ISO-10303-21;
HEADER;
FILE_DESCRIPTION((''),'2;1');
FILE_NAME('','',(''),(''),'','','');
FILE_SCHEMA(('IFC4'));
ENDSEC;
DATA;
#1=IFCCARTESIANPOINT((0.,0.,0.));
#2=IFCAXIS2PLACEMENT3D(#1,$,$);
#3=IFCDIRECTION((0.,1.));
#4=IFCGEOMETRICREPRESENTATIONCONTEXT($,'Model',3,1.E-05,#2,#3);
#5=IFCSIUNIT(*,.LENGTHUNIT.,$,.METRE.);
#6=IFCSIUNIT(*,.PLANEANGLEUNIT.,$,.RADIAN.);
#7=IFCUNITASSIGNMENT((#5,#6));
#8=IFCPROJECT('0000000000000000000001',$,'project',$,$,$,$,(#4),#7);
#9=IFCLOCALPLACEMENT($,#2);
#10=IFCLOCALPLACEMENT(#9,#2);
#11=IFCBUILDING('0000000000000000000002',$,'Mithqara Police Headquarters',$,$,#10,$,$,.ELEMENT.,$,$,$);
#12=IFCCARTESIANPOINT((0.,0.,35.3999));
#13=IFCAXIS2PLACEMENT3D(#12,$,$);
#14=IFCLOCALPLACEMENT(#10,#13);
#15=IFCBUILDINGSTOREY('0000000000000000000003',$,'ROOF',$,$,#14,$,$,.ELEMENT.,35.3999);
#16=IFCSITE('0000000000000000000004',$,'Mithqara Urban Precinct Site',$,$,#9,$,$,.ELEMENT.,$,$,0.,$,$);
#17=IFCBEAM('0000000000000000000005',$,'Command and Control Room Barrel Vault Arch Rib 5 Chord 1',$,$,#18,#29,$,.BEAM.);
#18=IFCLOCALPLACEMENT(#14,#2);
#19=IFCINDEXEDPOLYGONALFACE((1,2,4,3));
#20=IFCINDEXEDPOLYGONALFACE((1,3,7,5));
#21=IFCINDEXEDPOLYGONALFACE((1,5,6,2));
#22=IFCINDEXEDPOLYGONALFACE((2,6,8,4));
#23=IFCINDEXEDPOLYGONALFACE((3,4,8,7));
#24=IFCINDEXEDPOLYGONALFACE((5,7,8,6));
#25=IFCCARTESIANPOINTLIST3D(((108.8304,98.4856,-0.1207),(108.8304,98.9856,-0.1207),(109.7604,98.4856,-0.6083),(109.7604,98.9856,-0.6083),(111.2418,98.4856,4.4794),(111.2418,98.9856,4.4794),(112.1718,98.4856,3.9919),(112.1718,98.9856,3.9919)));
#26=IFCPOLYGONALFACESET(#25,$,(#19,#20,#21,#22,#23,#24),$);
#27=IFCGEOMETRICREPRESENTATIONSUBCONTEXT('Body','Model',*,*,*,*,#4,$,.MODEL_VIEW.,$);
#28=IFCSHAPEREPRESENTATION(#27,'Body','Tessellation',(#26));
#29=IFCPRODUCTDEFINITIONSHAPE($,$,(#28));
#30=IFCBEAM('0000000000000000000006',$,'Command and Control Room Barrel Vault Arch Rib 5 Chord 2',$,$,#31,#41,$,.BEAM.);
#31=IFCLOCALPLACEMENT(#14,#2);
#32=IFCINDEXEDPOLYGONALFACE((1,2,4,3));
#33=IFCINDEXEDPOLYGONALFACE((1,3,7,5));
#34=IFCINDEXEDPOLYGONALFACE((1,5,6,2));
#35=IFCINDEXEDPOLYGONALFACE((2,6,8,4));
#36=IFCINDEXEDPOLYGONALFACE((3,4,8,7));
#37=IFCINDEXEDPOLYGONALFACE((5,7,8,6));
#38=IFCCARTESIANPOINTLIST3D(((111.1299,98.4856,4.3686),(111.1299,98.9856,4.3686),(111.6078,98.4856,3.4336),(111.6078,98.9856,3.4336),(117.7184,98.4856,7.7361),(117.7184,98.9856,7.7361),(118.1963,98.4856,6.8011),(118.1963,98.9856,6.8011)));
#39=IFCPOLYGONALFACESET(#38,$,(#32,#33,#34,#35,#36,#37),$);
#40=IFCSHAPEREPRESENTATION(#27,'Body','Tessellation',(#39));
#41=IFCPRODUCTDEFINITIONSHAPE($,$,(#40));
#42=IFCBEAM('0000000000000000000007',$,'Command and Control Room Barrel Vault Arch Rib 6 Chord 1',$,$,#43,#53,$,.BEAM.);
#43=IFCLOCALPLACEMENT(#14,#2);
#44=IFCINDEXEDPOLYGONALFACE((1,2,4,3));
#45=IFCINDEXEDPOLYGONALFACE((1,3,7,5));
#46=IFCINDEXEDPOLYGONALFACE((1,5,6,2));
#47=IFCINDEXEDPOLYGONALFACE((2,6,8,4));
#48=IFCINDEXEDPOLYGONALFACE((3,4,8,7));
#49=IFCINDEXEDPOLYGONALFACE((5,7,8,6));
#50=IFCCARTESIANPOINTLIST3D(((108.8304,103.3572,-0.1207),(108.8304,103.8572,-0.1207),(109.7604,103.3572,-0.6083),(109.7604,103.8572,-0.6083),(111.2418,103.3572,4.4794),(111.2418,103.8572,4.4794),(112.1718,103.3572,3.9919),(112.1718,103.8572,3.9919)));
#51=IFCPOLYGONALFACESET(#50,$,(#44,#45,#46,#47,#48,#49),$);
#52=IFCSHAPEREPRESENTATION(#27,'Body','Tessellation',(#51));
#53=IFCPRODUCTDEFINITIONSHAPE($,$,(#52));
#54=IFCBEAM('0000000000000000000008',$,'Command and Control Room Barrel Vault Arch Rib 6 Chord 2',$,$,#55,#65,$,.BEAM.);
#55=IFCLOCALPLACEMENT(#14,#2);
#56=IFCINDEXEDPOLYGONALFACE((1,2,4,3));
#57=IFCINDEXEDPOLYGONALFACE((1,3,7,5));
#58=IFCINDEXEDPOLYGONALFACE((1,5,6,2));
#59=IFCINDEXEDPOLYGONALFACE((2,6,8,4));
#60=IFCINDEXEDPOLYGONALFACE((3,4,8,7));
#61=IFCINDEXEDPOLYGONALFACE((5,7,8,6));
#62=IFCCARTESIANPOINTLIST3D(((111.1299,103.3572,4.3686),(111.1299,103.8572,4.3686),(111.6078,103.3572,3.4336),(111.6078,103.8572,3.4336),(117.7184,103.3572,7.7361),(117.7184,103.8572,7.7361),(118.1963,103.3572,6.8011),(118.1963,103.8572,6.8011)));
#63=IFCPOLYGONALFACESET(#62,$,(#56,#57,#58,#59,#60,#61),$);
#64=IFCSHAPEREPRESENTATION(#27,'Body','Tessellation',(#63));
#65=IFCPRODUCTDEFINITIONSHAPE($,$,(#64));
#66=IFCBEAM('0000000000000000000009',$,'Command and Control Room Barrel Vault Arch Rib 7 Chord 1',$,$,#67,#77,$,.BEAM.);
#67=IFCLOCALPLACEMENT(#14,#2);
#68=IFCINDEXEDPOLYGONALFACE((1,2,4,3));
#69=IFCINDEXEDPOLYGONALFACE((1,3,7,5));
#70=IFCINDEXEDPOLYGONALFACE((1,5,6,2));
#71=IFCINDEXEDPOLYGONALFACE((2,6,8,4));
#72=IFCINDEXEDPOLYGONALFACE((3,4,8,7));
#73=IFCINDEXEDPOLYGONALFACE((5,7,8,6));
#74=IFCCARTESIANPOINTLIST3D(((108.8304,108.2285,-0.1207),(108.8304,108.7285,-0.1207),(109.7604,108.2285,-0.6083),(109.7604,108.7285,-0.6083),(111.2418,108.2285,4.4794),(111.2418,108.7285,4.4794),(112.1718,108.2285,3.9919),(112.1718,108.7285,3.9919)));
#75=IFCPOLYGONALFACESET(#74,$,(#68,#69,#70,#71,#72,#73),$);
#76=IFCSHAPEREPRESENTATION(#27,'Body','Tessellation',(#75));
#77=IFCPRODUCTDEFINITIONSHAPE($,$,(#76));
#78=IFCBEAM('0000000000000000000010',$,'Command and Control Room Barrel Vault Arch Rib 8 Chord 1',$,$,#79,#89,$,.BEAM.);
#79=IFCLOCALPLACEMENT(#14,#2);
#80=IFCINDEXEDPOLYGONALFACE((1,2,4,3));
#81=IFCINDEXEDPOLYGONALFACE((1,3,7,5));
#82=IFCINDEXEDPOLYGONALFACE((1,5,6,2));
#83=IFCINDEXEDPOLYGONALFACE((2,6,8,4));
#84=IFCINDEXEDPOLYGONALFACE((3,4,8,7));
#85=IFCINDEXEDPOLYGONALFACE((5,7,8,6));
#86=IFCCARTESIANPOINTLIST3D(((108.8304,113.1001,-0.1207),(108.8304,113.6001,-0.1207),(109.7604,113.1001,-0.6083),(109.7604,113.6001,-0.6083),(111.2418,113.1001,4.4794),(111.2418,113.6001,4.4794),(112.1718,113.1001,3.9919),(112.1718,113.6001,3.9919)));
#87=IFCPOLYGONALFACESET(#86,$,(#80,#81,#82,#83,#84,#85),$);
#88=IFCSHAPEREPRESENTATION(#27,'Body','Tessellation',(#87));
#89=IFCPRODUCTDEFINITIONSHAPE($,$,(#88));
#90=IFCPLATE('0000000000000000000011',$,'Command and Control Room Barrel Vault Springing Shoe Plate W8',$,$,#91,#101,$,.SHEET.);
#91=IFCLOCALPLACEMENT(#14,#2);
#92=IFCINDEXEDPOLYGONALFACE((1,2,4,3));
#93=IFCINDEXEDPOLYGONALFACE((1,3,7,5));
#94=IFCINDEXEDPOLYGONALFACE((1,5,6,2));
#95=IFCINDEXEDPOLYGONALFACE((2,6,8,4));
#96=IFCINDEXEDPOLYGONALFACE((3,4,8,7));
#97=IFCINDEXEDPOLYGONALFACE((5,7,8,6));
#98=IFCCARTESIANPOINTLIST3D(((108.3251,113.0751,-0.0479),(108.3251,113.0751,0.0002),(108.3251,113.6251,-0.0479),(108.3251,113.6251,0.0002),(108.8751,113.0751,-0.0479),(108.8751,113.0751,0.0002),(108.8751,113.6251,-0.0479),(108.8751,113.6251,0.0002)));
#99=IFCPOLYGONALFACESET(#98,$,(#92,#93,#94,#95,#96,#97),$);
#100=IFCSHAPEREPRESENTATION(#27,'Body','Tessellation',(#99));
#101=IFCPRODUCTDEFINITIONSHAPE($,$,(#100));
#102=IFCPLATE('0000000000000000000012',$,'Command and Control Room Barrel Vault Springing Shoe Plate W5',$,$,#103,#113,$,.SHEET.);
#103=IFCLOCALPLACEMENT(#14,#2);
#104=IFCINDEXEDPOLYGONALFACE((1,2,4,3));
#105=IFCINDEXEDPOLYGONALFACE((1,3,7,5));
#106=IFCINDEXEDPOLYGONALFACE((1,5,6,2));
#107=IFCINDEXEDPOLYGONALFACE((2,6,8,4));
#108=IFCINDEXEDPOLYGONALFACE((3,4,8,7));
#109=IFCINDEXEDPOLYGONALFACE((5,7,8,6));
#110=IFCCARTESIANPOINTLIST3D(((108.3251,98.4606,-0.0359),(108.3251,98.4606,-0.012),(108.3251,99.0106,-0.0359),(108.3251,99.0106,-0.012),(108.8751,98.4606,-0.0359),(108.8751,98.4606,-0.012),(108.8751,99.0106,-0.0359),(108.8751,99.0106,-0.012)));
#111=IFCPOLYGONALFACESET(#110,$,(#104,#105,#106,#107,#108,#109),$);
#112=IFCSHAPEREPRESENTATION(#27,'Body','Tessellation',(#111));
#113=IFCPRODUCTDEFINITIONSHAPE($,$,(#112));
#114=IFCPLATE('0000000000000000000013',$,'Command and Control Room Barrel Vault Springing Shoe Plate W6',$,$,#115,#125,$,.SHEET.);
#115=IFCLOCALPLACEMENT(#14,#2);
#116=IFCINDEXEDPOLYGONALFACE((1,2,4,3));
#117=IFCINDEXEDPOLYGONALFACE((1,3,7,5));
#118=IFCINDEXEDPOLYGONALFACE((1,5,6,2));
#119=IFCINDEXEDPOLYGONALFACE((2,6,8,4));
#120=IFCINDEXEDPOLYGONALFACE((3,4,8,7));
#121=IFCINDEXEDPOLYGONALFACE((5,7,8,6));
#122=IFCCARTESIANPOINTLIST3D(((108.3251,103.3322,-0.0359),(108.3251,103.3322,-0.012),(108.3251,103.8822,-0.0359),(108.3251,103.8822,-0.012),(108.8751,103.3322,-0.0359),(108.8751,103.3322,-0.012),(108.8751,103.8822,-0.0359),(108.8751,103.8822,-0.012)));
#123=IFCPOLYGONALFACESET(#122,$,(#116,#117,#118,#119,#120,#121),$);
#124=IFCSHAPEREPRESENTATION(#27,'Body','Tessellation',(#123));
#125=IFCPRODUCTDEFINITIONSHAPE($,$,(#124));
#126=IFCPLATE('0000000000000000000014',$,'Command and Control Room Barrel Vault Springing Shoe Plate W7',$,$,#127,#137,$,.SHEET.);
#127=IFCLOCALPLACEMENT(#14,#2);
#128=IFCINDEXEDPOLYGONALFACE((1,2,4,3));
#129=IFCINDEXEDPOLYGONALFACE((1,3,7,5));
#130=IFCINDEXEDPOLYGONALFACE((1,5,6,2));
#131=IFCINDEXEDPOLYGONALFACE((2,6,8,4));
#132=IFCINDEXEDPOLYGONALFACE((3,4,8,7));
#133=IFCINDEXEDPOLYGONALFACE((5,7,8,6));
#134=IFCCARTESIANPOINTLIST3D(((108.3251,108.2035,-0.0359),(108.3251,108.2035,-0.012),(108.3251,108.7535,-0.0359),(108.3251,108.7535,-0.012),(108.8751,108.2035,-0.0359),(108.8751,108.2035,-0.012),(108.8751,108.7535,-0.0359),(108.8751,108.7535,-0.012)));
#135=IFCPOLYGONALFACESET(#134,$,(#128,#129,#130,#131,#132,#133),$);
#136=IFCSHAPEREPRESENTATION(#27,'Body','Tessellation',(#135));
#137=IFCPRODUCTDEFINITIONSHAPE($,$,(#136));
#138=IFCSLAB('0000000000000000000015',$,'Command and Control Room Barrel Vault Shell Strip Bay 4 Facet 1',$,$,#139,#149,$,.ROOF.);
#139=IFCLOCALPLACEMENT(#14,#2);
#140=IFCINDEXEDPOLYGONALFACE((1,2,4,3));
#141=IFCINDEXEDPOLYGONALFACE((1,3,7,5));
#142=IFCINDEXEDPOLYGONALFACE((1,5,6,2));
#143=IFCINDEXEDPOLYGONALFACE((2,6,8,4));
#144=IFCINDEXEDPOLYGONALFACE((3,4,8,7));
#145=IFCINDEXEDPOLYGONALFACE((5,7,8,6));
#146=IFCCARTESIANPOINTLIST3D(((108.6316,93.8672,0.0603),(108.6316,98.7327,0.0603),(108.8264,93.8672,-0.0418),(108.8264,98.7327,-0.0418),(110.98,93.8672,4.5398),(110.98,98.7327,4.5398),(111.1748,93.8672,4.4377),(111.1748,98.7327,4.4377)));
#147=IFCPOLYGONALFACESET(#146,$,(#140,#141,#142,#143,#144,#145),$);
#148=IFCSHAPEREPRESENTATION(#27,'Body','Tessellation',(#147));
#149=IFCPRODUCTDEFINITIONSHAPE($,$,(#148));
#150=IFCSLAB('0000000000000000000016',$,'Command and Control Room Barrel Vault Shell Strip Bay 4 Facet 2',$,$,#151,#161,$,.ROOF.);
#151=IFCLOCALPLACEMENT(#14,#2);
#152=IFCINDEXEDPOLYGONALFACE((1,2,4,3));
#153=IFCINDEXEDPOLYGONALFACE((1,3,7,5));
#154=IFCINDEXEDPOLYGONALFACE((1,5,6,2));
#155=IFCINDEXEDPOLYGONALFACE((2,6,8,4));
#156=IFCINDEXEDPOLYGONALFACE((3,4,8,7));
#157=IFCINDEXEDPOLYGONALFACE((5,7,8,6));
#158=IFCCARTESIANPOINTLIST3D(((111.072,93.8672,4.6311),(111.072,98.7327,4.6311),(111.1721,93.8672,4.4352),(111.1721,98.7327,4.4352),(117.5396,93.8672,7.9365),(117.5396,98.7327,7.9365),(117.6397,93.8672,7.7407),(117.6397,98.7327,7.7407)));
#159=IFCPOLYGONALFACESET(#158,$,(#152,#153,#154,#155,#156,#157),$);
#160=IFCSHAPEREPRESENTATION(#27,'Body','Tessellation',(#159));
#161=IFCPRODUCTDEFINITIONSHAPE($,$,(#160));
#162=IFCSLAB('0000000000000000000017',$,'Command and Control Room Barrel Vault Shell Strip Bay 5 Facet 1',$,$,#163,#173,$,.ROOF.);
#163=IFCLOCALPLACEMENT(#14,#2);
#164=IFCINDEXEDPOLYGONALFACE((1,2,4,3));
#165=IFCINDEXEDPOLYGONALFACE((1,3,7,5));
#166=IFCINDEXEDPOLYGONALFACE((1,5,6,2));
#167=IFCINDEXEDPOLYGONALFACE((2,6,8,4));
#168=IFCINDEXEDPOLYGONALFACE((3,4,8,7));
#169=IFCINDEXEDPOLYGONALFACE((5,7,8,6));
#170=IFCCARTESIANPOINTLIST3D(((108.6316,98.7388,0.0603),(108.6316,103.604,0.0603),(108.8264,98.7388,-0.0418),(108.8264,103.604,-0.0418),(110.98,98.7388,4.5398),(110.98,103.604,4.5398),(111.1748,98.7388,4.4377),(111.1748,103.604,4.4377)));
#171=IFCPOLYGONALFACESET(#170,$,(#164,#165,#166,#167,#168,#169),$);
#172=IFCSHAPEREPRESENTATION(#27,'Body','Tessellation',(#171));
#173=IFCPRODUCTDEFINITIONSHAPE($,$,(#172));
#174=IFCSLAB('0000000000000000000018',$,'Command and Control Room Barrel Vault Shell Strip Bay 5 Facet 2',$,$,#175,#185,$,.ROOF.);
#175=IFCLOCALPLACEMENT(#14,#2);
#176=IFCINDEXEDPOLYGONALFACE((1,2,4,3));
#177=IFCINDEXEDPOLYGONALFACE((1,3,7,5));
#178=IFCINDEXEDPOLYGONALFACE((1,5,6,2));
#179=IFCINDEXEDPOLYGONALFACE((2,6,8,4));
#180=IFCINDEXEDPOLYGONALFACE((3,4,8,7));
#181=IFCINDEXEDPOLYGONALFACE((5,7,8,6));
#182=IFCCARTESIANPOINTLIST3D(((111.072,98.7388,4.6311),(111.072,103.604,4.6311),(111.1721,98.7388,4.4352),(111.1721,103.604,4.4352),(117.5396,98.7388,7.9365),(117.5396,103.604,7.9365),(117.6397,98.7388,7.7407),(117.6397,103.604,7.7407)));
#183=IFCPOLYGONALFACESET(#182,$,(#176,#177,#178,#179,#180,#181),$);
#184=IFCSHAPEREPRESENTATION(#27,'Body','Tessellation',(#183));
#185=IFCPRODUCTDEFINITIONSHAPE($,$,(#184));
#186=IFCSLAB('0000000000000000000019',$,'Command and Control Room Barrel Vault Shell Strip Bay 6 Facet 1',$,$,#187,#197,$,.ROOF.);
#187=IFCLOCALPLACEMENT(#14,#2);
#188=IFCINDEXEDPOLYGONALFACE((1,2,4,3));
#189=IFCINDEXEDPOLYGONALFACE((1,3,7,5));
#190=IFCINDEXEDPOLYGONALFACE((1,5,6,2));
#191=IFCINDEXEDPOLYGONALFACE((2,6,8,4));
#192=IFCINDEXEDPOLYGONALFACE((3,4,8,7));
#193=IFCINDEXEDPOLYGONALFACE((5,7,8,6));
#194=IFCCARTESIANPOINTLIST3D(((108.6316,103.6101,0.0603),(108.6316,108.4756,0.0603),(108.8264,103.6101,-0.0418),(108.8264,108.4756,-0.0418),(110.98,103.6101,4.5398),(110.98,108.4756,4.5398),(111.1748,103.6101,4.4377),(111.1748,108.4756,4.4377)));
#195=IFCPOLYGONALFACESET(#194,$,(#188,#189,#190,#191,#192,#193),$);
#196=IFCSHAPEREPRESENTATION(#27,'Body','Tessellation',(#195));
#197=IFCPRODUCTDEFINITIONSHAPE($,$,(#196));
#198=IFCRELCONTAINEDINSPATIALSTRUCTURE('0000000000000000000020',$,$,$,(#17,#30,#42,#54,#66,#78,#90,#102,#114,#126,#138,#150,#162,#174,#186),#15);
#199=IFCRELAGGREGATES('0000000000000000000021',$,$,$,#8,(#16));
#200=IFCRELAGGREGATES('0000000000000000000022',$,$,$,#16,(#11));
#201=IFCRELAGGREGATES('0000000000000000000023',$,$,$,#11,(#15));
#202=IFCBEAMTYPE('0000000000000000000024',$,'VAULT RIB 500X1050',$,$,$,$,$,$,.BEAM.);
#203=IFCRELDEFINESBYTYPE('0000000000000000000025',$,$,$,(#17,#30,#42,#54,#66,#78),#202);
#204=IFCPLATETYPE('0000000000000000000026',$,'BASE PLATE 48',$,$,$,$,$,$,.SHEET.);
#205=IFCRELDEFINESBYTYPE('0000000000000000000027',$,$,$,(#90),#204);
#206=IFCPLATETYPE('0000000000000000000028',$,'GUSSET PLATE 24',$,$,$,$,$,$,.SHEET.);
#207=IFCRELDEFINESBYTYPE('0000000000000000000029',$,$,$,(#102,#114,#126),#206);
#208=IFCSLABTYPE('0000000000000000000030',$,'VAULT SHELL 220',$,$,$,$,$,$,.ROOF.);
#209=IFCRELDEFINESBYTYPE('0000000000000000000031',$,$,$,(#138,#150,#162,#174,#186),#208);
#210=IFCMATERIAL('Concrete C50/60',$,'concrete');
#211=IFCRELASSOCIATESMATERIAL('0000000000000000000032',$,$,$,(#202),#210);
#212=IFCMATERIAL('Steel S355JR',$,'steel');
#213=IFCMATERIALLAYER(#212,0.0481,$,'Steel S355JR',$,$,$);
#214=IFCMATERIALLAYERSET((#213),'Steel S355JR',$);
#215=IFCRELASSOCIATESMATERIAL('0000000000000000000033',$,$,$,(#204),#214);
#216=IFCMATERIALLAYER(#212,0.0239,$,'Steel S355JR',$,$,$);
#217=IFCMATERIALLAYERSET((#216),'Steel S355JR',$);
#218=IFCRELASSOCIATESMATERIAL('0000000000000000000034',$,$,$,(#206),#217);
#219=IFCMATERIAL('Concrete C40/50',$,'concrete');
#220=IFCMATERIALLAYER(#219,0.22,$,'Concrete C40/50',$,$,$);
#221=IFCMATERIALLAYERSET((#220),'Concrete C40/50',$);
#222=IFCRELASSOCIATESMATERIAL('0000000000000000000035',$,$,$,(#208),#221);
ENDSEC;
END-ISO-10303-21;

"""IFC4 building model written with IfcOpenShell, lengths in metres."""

from ifc_helpers import new_model, si_unit, direction, frame, origin, origin_2d, place, context, subcontext, project, spatial, polyline, rectangle, outline, extrude, material, layer, layer_set, material_profile, profile_set, type_object, element, save


model = new_model("IFC4")

# Units and contexts
model_context = context("Model", 3, precision=1e-05, world=origin(), true_north=direction((0.0, 1.0)))
body_context = subcontext(model_context, "Body", "Model", "MODEL_VIEW")
ifc_project = project(units=[si_unit("LENGTHUNIT", "METRE"), si_unit("PLANEANGLEUNIT", "RADIAN")], contexts=[model_context])

# Site, building, storey
site_placement = place(None, origin())
site = spatial("IfcSite", under=ifc_project, at=site_placement, Name="Mithqara Urban Precinct Site", CompositionType="ELEMENT", RefElevation=0.0)
building_placement = place(site_placement, origin())
building = spatial("IfcBuilding", under=site, at=building_placement, Name="Mithqara Police Headquarters", CompositionType="ELEMENT")
storey_placement = place(building_placement, frame((0.0, 0.0, 35.3999)))
storey = spatial("IfcBuildingStorey", under=building, at=storey_placement, Name="ROOF", CompositionType="ELEMENT", Elevation=35.3999)

# Beams
ifc_material_1 = material(Name="Concrete C50/60", Category="concrete")
ifc_material_profile = material_profile(ifc_material_1, rectangle(XDim=0.5, YDim=1.05, at=origin_2d()), Name="RIB 500x1050")
ifc_profile_set = profile_set([ifc_material_profile], Name="Concrete C50/60")
beam_type = type_object("IfcBeamType", Name="VAULT RIB 500X1050", PredefinedType="BEAM", material=ifc_profile_set)
beam_1_placement = place(storey_placement, frame((109.2954, 98.7356, -0.3645), z_axis=(0.464279, 0.0, 0.885689), x_axis=(0.0, 1.0, 0.0)))
element("IfcBeam", 1, at=beam_1_placement, inside=storey, type_object=beam_type, Name="Command and Control Room Barrel Vault Arch Rib 5 Chord 1", PredefinedType="BEAM", context=body_context, shape_type="SweptSolid", body=[
    extrude(rectangle(XDim=0.5, YDim=1.05, at=origin_2d()), origin(), (0.0, 0.0, 1.0), 5.1938),
])
beam_2_placement = place(storey_placement, frame((111.3689, 98.7356, 3.9011), z_axis=(0.890433, 0.0, 0.455115), x_axis=(0.0, 1.0, 0.0)))
element("IfcBeam", 2, at=beam_2_placement, inside=storey, type_object=beam_type, Name="Command and Control Room Barrel Vault Arch Rib 5 Chord 2", PredefinedType="BEAM", context=body_context, shape_type="SweptSolid", body=[
    extrude(rectangle(XDim=0.5, YDim=1.05, at=origin_2d()), origin(), (0.0, 0.0, 1.0), 7.3992),
])
beam_3_placement = place(storey_placement, frame((109.2954, 103.6072, -0.3645), z_axis=(0.464279, 0.0, 0.885689), x_axis=(0.0, 1.0, 0.0)))
element("IfcBeam", 3, at=beam_3_placement, inside=storey, type_object=beam_type, Name="Command and Control Room Barrel Vault Arch Rib 6 Chord 1", PredefinedType="BEAM", context=body_context, shape_type="SweptSolid", body=[
    extrude(rectangle(XDim=0.5, YDim=1.05, at=origin_2d()), origin(), (0.0, 0.0, 1.0), 5.1938),
])
beam_4_placement = place(storey_placement, frame((111.3689, 103.6072, 3.9011), z_axis=(0.890433, 0.0, 0.455115), x_axis=(0.0, 1.0, 0.0)))
element("IfcBeam", 4, at=beam_4_placement, inside=storey, type_object=beam_type, Name="Command and Control Room Barrel Vault Arch Rib 6 Chord 2", PredefinedType="BEAM", context=body_context, shape_type="SweptSolid", body=[
    extrude(rectangle(XDim=0.5, YDim=1.05, at=origin_2d()), origin(), (0.0, 0.0, 1.0), 7.3992),
])
for number, where, z_axis, x_axis, name in (
    (5, (109.2954, 108.4785, -0.3645), (0.464279, 0.0, 0.885689), (0.0, 1.0, 0.0), "Command and Control Room Barrel Vault Arch Rib 7 Chord 1"),
    (6, (109.2954, 113.3501, -0.3645), (0.464279, 0.0, 0.885689), (0.0, 1.0, 0.0), "Command and Control Room Barrel Vault Arch Rib 8 Chord 1"),
):
    element("IfcBeam", number, at=place(storey_placement, frame(where, z_axis=z_axis, x_axis=x_axis)), inside=storey, type_object=beam_type, Name=name, PredefinedType="BEAM", context=body_context, shape_type="SweptSolid", body=[
        extrude(rectangle(XDim=0.5, YDim=1.05, at=origin_2d()), origin(), (0.0, 0.0, 1.0), 5.1938),
    ])

# Plates
ifc_material_2 = material(Name="Steel S355JR", Category="steel")
ifc_layer_1 = layer(ifc_material_2, 0.0481, Name="Steel S355JR")
ifc_layer_set_1 = layer_set([ifc_layer_1], Name="Steel S355JR")
plate_type_1 = type_object("IfcPlateType", Name="BASE PLATE 48", PredefinedType="SHEET", material=ifc_layer_set_1)
plate_placement = place(storey_placement, frame((108.6001, 113.3501, -0.0479), z_axis=(0.0, 0.0, 1.0), x_axis=(1.0, 0.0, 0.0)))
element("IfcPlate", 7, at=plate_placement, inside=storey, type_object=plate_type_1, Name="Command and Control Room Barrel Vault Springing Shoe Plate W8", PredefinedType="SHEET", context=body_context, shape_type="SweptSolid", body=[
    extrude(rectangle(XDim=0.55, YDim=0.55, at=origin_2d()), origin(), (0.0, 0.0, 1.0), 0.0481),
])
ifc_layer_2 = layer(ifc_material_2, 0.0239, Name="Steel S355JR")
ifc_layer_set_2 = layer_set([ifc_layer_2], Name="Steel S355JR")
plate_type_2 = type_object("IfcPlateType", Name="GUSSET PLATE 24", PredefinedType="SHEET", material=ifc_layer_set_2)
for number, where, z_axis, x_axis, name in (
    (8, (108.6001, 98.7356, -0.0359), (0.0, 0.0, 1.0), (1.0, 0.0, 0.0), "Command and Control Room Barrel Vault Springing Shoe Plate W5"),
    (9, (108.6001, 103.6072, -0.0359), (0.0, 0.0, 1.0), (1.0, 0.0, 0.0), "Command and Control Room Barrel Vault Springing Shoe Plate W6"),
    (10, (108.6001, 108.4785, -0.0359), (0.0, 0.0, 1.0), (1.0, 0.0, 0.0), "Command and Control Room Barrel Vault Springing Shoe Plate W7"),
):
    element("IfcPlate", number, at=place(storey_placement, frame(where, z_axis=z_axis, x_axis=x_axis)), inside=storey, type_object=plate_type_2, Name=name, PredefinedType="SHEET", context=body_context, shape_type="SweptSolid", body=[
        extrude(rectangle(XDim=0.55, YDim=0.55, at=origin_2d()), origin(), (0.0, 0.0, 1.0), 0.0239),
    ])

# Slabs
ifc_material_3 = material(Name="Concrete C40/50", Category="concrete")
ifc_layer_3 = layer(ifc_material_3, 0.22, Name="Concrete C40/50")
ifc_layer_set_3 = layer_set([ifc_layer_3], Name="Concrete C40/50")
slab_type = type_object("IfcSlabType", Name="VAULT SHELL 220", PredefinedType="ROOF", material=ifc_layer_set_3)
slab_1_placement = place(storey_placement, frame((108.6316, 93.8672, 0.0603), z_axis=(-0.88567, 0.0, 0.464315), x_axis=(0.464315, 0.0, 0.88567)))
element("IfcSlab", 11, at=slab_1_placement, inside=storey, type_object=slab_type, Name="Command and Control Room Barrel Vault Shell Strip Bay 4 Facet 1", PredefinedType="ROOF", context=body_context, shape_type="SweptSolid", body=[
    extrude(outline(polyline([(0.0, 0.0), (5.0577, 0.0), (5.0577, 4.8655), (0.0, 4.8655), (0.0, 0.0)])), origin(), (0.0, 0.0, -1.0), 0.22),
])
slab_2_placement = place(storey_placement, frame((111.072, 93.8672, 4.6311), z_axis=(-0.455089, 0.0, 0.890446), x_axis=(0.890446, 0.0, 0.455089)))
element("IfcSlab", 12, at=slab_2_placement, inside=storey, type_object=slab_type, Name="Command and Control Room Barrel Vault Shell Strip Bay 4 Facet 2", PredefinedType="ROOF", context=body_context, shape_type="SweptSolid", body=[
    extrude(outline(polyline([(0.0, 0.0), (7.2632, 0.0), (7.2632, 4.8655), (0.0, 4.8655), (0.0, 0.0)])), origin(), (0.0, 0.0, -1.0), 0.22),
])
slab_3_placement = place(storey_placement, frame((108.6316, 98.7388, 0.0603), z_axis=(-0.88567, 0.0, 0.464315), x_axis=(0.464315, 0.0, 0.88567)))
element("IfcSlab", 13, at=slab_3_placement, inside=storey, type_object=slab_type, Name="Command and Control Room Barrel Vault Shell Strip Bay 5 Facet 1", PredefinedType="ROOF", context=body_context, shape_type="SweptSolid", body=[
    extrude(outline(polyline([(0.0, 0.0), (5.0577, 0.0), (5.0577, 4.8652), (0.0, 4.8652), (0.0, 0.0)])), origin(), (0.0, 0.0, -1.0), 0.22),
])
slab_4_placement = place(storey_placement, frame((111.072, 98.7388, 4.6311), z_axis=(-0.455089, 0.0, 0.890446), x_axis=(0.890446, 0.0, 0.455089)))
element("IfcSlab", 14, at=slab_4_placement, inside=storey, type_object=slab_type, Name="Command and Control Room Barrel Vault Shell Strip Bay 5 Facet 2", PredefinedType="ROOF", context=body_context, shape_type="SweptSolid", body=[
    extrude(outline(polyline([(0.0, 0.0), (7.2632, 0.0), (7.2632, 4.8652), (0.0, 4.8652), (0.0, 0.0)])), origin(), (0.0, 0.0, -1.0), 0.22),
])
slab_5_placement = place(storey_placement, frame((108.6316, 103.6101, 0.0603), z_axis=(-0.88567, 0.0, 0.464315), x_axis=(0.464315, 0.0, 0.88567)))
element("IfcSlab", 15, at=slab_5_placement, inside=storey, type_object=slab_type, Name="Command and Control Room Barrel Vault Shell Strip Bay 6 Facet 1", PredefinedType="ROOF", context=body_context, shape_type="SweptSolid", body=[
    extrude(outline(polyline([(0.0, 0.0), (5.0577, 0.0), (5.0577, 4.8655), (0.0, 4.8655), (0.0, 0.0)])), origin(), (0.0, 0.0, -1.0), 0.22),
])

save(model, "model.ifc")
